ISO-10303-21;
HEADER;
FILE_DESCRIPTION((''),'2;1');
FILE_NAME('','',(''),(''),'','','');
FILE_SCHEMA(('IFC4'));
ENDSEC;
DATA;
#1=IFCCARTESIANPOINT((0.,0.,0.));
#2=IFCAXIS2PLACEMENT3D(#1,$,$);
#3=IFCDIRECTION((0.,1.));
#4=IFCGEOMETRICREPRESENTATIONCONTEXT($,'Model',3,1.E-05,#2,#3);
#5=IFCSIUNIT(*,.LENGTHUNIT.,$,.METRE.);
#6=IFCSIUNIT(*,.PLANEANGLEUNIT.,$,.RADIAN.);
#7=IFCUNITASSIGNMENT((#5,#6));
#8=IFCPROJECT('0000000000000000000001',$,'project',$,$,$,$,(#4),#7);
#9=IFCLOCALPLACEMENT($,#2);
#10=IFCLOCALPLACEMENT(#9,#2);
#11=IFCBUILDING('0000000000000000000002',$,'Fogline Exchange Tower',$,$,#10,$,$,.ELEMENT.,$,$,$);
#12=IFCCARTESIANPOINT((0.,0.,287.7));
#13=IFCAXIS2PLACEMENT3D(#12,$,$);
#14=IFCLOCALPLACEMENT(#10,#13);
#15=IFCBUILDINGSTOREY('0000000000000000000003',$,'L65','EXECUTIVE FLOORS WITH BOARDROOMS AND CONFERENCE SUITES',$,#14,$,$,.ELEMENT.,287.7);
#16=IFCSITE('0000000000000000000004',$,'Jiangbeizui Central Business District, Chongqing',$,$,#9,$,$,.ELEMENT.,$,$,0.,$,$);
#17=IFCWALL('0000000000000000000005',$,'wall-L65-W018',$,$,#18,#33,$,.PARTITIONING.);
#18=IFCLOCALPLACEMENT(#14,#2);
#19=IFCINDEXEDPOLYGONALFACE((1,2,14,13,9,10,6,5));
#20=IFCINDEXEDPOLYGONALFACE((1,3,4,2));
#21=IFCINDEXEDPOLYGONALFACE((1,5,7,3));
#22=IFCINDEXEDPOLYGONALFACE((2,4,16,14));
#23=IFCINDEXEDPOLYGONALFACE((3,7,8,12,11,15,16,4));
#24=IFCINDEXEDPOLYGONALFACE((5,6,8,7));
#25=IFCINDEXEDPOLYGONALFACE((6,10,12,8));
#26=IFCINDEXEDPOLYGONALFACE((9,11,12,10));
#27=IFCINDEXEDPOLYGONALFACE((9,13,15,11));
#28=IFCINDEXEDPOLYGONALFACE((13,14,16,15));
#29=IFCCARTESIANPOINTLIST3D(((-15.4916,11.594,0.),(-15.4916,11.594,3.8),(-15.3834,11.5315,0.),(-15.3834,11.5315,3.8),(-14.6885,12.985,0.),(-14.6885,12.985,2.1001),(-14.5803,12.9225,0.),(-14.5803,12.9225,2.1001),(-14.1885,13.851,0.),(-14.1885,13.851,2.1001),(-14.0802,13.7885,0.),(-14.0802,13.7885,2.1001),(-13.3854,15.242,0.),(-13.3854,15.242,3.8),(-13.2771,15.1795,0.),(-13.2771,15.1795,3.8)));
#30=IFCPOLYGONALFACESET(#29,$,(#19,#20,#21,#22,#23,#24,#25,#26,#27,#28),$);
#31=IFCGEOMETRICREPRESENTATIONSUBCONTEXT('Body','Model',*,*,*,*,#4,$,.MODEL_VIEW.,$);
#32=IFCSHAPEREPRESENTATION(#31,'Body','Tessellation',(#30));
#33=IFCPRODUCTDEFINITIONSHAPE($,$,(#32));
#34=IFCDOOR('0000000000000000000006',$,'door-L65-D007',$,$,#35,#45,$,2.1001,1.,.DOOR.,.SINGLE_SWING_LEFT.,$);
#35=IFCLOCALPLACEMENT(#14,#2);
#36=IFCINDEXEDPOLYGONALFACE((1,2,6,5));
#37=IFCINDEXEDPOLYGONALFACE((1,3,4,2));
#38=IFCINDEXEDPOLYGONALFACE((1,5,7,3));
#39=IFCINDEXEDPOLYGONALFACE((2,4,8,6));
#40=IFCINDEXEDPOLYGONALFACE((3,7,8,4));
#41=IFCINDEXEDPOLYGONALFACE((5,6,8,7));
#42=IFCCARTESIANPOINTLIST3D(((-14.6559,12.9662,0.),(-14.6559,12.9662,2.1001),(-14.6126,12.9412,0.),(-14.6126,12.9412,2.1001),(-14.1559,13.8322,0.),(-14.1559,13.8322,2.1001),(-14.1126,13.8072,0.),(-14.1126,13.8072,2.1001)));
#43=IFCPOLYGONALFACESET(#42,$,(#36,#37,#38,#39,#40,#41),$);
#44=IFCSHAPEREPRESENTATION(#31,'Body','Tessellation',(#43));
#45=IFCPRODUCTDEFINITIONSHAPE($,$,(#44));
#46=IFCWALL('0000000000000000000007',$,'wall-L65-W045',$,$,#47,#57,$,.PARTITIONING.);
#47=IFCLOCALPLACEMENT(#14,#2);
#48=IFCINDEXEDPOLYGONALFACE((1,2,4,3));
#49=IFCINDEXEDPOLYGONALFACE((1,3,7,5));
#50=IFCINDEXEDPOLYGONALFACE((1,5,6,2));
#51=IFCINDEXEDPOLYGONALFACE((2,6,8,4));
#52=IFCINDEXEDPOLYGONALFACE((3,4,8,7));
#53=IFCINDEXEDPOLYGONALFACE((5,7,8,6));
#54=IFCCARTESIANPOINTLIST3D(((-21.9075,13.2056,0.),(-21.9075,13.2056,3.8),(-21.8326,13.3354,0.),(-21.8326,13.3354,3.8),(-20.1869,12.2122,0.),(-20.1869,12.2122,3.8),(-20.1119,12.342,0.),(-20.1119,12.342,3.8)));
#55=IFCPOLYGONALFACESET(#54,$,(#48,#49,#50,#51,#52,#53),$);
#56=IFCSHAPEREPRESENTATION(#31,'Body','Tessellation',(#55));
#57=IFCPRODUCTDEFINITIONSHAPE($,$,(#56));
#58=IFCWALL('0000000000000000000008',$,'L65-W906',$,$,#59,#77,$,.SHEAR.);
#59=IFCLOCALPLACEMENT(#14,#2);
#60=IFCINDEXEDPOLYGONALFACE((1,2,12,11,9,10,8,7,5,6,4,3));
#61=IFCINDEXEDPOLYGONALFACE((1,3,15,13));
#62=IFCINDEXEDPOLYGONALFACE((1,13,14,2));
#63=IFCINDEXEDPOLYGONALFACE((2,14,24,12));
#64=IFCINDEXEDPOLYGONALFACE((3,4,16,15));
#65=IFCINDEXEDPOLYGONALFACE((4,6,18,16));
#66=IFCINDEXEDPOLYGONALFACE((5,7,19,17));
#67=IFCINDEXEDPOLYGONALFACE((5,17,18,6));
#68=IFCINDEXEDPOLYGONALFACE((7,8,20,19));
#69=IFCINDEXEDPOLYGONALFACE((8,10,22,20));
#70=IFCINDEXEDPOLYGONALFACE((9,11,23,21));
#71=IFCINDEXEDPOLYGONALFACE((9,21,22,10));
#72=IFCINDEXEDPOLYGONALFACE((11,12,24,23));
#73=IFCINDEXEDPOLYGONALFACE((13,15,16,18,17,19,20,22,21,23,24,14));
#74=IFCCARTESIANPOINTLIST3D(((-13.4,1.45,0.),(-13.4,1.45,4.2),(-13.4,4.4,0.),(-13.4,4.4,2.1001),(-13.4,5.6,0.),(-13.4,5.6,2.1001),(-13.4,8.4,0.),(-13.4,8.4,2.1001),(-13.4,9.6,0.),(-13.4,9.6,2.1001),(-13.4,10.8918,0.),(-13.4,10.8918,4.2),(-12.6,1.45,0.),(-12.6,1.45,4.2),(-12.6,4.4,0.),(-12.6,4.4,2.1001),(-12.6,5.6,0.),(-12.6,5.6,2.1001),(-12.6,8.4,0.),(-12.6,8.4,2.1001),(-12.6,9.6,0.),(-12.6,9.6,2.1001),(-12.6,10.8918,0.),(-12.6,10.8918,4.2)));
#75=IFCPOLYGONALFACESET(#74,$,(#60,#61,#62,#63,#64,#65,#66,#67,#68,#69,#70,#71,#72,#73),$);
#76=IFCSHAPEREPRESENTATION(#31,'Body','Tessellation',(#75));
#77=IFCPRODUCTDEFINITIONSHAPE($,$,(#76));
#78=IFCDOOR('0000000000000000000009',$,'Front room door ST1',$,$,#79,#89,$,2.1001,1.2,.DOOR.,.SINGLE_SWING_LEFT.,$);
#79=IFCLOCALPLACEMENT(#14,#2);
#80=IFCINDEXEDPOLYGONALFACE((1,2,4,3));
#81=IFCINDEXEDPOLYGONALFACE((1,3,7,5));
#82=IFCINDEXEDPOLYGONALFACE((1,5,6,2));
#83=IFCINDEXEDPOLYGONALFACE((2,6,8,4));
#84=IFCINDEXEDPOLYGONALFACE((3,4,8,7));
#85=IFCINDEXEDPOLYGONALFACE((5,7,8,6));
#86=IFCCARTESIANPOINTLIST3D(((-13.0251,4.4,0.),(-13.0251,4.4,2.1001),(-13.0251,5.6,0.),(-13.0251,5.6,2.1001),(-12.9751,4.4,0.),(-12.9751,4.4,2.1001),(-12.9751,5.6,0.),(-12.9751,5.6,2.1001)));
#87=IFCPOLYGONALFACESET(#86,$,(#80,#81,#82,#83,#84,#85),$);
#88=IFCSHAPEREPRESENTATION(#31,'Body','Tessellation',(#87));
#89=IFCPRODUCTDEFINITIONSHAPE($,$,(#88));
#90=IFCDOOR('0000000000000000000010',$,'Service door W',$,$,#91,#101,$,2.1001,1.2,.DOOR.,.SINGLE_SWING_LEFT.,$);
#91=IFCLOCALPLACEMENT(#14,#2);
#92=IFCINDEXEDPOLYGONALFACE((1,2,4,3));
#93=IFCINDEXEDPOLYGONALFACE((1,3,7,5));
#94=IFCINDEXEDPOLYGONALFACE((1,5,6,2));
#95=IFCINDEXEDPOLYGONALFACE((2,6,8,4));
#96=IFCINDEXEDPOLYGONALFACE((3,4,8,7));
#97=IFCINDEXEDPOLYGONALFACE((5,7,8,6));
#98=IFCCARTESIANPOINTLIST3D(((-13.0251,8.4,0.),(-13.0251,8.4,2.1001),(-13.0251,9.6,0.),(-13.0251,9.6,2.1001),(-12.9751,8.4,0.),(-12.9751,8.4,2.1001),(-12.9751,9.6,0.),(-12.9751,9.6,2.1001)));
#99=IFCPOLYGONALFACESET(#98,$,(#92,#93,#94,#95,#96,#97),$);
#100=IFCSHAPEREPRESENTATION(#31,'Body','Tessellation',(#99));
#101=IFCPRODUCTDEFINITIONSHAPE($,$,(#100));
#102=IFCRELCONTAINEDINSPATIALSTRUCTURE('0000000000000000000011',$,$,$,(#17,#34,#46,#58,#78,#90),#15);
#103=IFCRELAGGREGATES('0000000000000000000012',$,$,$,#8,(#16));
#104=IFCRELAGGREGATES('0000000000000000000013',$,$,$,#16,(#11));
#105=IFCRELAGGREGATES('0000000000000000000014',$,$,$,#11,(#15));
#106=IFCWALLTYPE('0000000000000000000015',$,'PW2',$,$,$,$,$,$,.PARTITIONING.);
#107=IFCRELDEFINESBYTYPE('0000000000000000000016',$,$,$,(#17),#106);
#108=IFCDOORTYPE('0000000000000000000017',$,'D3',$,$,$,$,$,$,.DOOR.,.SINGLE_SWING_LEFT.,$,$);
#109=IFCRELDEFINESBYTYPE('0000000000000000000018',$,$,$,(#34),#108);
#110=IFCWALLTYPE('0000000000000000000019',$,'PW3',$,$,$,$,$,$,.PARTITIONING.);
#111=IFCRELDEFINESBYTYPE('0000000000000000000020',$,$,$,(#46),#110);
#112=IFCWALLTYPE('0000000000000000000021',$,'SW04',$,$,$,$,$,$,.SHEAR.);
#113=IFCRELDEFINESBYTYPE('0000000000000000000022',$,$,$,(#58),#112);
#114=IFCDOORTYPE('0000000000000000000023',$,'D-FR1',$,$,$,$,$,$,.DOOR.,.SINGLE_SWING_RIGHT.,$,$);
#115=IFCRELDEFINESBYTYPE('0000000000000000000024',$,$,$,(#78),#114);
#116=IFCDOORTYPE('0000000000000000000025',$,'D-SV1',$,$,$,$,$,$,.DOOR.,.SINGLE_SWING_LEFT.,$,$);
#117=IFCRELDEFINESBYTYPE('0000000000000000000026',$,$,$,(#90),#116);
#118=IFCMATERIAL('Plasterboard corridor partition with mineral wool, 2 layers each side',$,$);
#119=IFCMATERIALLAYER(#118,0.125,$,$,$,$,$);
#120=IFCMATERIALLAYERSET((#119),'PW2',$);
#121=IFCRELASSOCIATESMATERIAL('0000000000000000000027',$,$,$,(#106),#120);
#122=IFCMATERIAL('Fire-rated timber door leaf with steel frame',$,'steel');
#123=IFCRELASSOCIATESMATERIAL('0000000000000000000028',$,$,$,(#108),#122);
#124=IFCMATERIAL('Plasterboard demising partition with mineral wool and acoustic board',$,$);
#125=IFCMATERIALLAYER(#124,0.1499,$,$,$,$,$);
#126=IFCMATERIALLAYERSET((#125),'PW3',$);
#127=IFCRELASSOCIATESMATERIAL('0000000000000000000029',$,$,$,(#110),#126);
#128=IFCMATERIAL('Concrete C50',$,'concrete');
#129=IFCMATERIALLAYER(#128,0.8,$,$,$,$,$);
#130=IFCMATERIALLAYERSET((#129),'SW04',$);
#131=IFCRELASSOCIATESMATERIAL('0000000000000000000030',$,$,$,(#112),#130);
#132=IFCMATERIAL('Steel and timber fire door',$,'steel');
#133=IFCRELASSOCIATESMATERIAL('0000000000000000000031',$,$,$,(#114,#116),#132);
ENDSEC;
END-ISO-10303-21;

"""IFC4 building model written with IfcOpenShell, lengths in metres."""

from ifc_helpers import new_model, si_unit, direction, frame, frame_2d, origin, place, context, subcontext, project, spatial, rectangle, extrude, material, layer, layer_set, type_object, element, fill, save


model = new_model("IFC4")

# Units and contexts
model_context = context("Model", 3, precision=1e-05, world=origin(), true_north=direction((0.0, 1.0)))
body_context = subcontext(model_context, "Body", "Model", "MODEL_VIEW")
ifc_project = project(units=[si_unit("LENGTHUNIT", "METRE"), si_unit("PLANEANGLEUNIT", "RADIAN")], contexts=[model_context])

# Site, building, storey
site_placement = place(None, origin())
site = spatial("IfcSite", under=ifc_project, at=site_placement, Name="Jiangbeizui Central Business District, Chongqing", CompositionType="ELEMENT", RefElevation=0.0)
building_placement = place(site_placement, origin())
building = spatial("IfcBuilding", under=site, at=building_placement, Name="Fogline Exchange Tower", CompositionType="ELEMENT")
storey_placement = place(building_placement, frame((0.0, 0.0, 287.7)))
storey = spatial("IfcBuildingStorey", under=building, at=storey_placement, Name="L65", Description="EXECUTIVE FLOORS WITH BOARDROOMS AND CONFERENCE SUITES", CompositionType="ELEMENT", Elevation=287.7)

# Shared definitions
ifc_material_1 = material(Name="Plasterboard corridor partition with mineral wool, 2 layers each side")
ifc_layer_1 = layer(ifc_material_1, 0.125)
ifc_layer_set_1 = layer_set([ifc_layer_1], Name="PW2")
wall_type_1 = type_object("IfcWallType", Name="PW2", PredefinedType="PARTITIONING", material=ifc_layer_set_1)
ifc_material_2 = material(Name="Fire-rated timber door leaf with steel frame", Category="steel")
door_type_1 = type_object("IfcDoorType", Name="D3", OperationType="SINGLE_SWING_LEFT", PredefinedType="DOOR", material=ifc_material_2)

# Wall, opening, door
wall_1_placement = place(storey_placement, frame((-15.4375, 11.5627, 0.0), z_axis=(0.0, 0.0, 1.0), x_axis=(0.50001, 0.86602, 0.0)))
wall_1 = element("IfcWall", 1, at=wall_1_placement, inside=storey, type_object=wall_type_1, Name="wall-L65-W018", PredefinedType="PARTITIONING", context=body_context, shape_type="SweptSolid", body=[
    extrude(rectangle(XDim=4.2124, YDim=0.125, at=frame_2d((2.1062, 0.0))), origin(), (0.0, 0.0, 1.0), 3.8),
])
opening_1_placement = place(wall_1_placement, frame((1.6062, 0.0, 0.0)))
opening_1 = element("IfcOpeningElement", 2, at=opening_1_placement, cuts=wall_1, PredefinedType="OPENING", context=body_context, shape_type="SweptSolid", body=[
    extrude(rectangle(XDim=1.0, YDim=2.1001, at=frame_2d((0.5, 1.05))), frame((0.0, 0.0725, 0.0), z_axis=(0.0, -1.0, 0.0), x_axis=(1.0, 0.0, 0.0)), (0.0, 0.0, 1.0), 0.145),
])
door_1_placement = place(opening_1_placement, origin())
door_1 = element("IfcDoor", 3, at=door_1_placement, inside=storey, type_object=door_type_1, Name="door-L65-D007", OperationType="SINGLE_SWING_LEFT", OverallHeight=2.1001, OverallWidth=1.0, PredefinedType="DOOR", context=body_context, shape_type="SweptSolid", body=[
    extrude(rectangle(XDim=1.0, YDim=2.1001, at=frame_2d((0.5, 1.05))), frame((0.0, 0.0249, 0.0), z_axis=(0.0, -1.0, 0.0), x_axis=(1.0, 0.0, 0.0)), (0.0, 0.0, 1.0), 0.05),
])
fill(opening_1, door_1)

# Wall
ifc_material_3 = material(Name="Plasterboard demising partition with mineral wool and acoustic board")
ifc_layer_2 = layer(ifc_material_3, 0.1499)
ifc_layer_set_2 = layer_set([ifc_layer_2], Name="PW3")
wall_type_2 = type_object("IfcWallType", Name="PW3", PredefinedType="PARTITIONING", material=ifc_layer_set_2)
wall_2_placement = place(storey_placement, frame((-20.1494, 12.2771, 0.0), z_axis=(0.0, 0.0, 1.0), x_axis=(-0.866034, 0.499985, 0.0)))
element("IfcWall", 4, at=wall_2_placement, inside=storey, type_object=wall_type_2, Name="wall-L65-W045", PredefinedType="PARTITIONING", context=body_context, shape_type="SweptSolid", body=[
    extrude(rectangle(XDim=1.9868, YDim=0.1499, at=frame_2d((0.9934, 0.0))), origin(), (0.0, 0.0, 1.0), 3.8),
])

# Wall, openings, doors
ifc_material_4 = material(Name="Concrete C50", Category="concrete")
ifc_layer_3 = layer(ifc_material_4, 0.8)
ifc_layer_set_3 = layer_set([ifc_layer_3], Name="SW04")
wall_type_3 = type_object("IfcWallType", Name="SW04", PredefinedType="SHEAR", material=ifc_layer_set_3)
wall_3_placement = place(storey_placement, frame((-13.0, 10.8918, 0.0), z_axis=(0.0, 0.0, 1.0), x_axis=(0.0, -1.0, 0.0)))
wall_3 = element("IfcWall", 5, at=wall_3_placement, inside=storey, type_object=wall_type_3, Name="L65-W906", PredefinedType="SHEAR", context=body_context, shape_type="SweptSolid", body=[
    extrude(rectangle(XDim=9.4419, YDim=0.8, at=frame_2d((4.7209, 0.0))), origin(), (0.0, 0.0, 1.0), 4.2),
])
opening_2_placement = place(wall_3_placement, frame((5.2917, 0.0, 0.0)))
opening_2 = element("IfcOpeningElement", 6, at=opening_2_placement, cuts=wall_3, PredefinedType="OPENING", context=body_context, shape_type="SweptSolid", body=[
    extrude(rectangle(XDim=1.2, YDim=2.1001, at=frame_2d((0.6001, 1.05))), frame((0.0, 0.4102, 0.0), z_axis=(0.0, -1.0, 0.0), x_axis=(1.0, 0.0, 0.0)), (0.0, 0.0, 1.0), 0.8201),
])
opening_3_placement = place(wall_3_placement, frame((1.2917, 0.0, 0.0)))
opening_3 = element("IfcOpeningElement", 7, at=opening_3_placement, cuts=wall_3, PredefinedType="OPENING", context=body_context, shape_type="SweptSolid", body=[
    extrude(rectangle(XDim=1.2, YDim=2.1001, at=frame_2d((0.6001, 1.05))), frame((0.0, 0.4102, 0.0), z_axis=(0.0, -1.0, 0.0), x_axis=(1.0, 0.0, 0.0)), (0.0, 0.0, 1.0), 0.8201),
])
ifc_material_5 = material(Name="Steel and timber fire door", Category="steel")
door_type_2 = type_object("IfcDoorType", Name="D-FR1", OperationType="SINGLE_SWING_RIGHT", PredefinedType="DOOR", material=ifc_material_5)
door_2_placement = place(opening_2_placement, origin())
door_2 = element("IfcDoor", 8, at=door_2_placement, inside=storey, type_object=door_type_2, Name="Front room door ST1", OperationType="SINGLE_SWING_LEFT", OverallHeight=2.1001, OverallWidth=1.2, PredefinedType="DOOR", context=body_context, shape_type="SweptSolid", body=[
    extrude(rectangle(XDim=1.2, YDim=2.1001, at=frame_2d((0.6001, 1.05))), frame((0.0, 0.0249, 0.0), z_axis=(0.0, -1.0, 0.0), x_axis=(1.0, 0.0, 0.0)), (0.0, 0.0, 1.0), 0.05),
])
fill(opening_2, door_2)
door_type_3 = type_object("IfcDoorType", Name="D-SV1", OperationType="SINGLE_SWING_LEFT", PredefinedType="DOOR", material=ifc_material_5)
door_3_placement = place(opening_3_placement, origin())
door_3 = element("IfcDoor", 9, at=door_3_placement, inside=storey, type_object=door_type_3, Name="Service door W", OperationType="SINGLE_SWING_LEFT", OverallHeight=2.1001, OverallWidth=1.2, PredefinedType="DOOR", context=body_context, shape_type="SweptSolid", body=[
    extrude(rectangle(XDim=1.2, YDim=2.1001, at=frame_2d((0.6001, 1.05))), frame((0.0, 0.0249, 0.0), z_axis=(0.0, -1.0, 0.0), x_axis=(1.0, 0.0, 0.0)), (0.0, 0.0, 1.0), 0.05),
])
fill(opening_3, door_3)

save(model, "model.ifc")
